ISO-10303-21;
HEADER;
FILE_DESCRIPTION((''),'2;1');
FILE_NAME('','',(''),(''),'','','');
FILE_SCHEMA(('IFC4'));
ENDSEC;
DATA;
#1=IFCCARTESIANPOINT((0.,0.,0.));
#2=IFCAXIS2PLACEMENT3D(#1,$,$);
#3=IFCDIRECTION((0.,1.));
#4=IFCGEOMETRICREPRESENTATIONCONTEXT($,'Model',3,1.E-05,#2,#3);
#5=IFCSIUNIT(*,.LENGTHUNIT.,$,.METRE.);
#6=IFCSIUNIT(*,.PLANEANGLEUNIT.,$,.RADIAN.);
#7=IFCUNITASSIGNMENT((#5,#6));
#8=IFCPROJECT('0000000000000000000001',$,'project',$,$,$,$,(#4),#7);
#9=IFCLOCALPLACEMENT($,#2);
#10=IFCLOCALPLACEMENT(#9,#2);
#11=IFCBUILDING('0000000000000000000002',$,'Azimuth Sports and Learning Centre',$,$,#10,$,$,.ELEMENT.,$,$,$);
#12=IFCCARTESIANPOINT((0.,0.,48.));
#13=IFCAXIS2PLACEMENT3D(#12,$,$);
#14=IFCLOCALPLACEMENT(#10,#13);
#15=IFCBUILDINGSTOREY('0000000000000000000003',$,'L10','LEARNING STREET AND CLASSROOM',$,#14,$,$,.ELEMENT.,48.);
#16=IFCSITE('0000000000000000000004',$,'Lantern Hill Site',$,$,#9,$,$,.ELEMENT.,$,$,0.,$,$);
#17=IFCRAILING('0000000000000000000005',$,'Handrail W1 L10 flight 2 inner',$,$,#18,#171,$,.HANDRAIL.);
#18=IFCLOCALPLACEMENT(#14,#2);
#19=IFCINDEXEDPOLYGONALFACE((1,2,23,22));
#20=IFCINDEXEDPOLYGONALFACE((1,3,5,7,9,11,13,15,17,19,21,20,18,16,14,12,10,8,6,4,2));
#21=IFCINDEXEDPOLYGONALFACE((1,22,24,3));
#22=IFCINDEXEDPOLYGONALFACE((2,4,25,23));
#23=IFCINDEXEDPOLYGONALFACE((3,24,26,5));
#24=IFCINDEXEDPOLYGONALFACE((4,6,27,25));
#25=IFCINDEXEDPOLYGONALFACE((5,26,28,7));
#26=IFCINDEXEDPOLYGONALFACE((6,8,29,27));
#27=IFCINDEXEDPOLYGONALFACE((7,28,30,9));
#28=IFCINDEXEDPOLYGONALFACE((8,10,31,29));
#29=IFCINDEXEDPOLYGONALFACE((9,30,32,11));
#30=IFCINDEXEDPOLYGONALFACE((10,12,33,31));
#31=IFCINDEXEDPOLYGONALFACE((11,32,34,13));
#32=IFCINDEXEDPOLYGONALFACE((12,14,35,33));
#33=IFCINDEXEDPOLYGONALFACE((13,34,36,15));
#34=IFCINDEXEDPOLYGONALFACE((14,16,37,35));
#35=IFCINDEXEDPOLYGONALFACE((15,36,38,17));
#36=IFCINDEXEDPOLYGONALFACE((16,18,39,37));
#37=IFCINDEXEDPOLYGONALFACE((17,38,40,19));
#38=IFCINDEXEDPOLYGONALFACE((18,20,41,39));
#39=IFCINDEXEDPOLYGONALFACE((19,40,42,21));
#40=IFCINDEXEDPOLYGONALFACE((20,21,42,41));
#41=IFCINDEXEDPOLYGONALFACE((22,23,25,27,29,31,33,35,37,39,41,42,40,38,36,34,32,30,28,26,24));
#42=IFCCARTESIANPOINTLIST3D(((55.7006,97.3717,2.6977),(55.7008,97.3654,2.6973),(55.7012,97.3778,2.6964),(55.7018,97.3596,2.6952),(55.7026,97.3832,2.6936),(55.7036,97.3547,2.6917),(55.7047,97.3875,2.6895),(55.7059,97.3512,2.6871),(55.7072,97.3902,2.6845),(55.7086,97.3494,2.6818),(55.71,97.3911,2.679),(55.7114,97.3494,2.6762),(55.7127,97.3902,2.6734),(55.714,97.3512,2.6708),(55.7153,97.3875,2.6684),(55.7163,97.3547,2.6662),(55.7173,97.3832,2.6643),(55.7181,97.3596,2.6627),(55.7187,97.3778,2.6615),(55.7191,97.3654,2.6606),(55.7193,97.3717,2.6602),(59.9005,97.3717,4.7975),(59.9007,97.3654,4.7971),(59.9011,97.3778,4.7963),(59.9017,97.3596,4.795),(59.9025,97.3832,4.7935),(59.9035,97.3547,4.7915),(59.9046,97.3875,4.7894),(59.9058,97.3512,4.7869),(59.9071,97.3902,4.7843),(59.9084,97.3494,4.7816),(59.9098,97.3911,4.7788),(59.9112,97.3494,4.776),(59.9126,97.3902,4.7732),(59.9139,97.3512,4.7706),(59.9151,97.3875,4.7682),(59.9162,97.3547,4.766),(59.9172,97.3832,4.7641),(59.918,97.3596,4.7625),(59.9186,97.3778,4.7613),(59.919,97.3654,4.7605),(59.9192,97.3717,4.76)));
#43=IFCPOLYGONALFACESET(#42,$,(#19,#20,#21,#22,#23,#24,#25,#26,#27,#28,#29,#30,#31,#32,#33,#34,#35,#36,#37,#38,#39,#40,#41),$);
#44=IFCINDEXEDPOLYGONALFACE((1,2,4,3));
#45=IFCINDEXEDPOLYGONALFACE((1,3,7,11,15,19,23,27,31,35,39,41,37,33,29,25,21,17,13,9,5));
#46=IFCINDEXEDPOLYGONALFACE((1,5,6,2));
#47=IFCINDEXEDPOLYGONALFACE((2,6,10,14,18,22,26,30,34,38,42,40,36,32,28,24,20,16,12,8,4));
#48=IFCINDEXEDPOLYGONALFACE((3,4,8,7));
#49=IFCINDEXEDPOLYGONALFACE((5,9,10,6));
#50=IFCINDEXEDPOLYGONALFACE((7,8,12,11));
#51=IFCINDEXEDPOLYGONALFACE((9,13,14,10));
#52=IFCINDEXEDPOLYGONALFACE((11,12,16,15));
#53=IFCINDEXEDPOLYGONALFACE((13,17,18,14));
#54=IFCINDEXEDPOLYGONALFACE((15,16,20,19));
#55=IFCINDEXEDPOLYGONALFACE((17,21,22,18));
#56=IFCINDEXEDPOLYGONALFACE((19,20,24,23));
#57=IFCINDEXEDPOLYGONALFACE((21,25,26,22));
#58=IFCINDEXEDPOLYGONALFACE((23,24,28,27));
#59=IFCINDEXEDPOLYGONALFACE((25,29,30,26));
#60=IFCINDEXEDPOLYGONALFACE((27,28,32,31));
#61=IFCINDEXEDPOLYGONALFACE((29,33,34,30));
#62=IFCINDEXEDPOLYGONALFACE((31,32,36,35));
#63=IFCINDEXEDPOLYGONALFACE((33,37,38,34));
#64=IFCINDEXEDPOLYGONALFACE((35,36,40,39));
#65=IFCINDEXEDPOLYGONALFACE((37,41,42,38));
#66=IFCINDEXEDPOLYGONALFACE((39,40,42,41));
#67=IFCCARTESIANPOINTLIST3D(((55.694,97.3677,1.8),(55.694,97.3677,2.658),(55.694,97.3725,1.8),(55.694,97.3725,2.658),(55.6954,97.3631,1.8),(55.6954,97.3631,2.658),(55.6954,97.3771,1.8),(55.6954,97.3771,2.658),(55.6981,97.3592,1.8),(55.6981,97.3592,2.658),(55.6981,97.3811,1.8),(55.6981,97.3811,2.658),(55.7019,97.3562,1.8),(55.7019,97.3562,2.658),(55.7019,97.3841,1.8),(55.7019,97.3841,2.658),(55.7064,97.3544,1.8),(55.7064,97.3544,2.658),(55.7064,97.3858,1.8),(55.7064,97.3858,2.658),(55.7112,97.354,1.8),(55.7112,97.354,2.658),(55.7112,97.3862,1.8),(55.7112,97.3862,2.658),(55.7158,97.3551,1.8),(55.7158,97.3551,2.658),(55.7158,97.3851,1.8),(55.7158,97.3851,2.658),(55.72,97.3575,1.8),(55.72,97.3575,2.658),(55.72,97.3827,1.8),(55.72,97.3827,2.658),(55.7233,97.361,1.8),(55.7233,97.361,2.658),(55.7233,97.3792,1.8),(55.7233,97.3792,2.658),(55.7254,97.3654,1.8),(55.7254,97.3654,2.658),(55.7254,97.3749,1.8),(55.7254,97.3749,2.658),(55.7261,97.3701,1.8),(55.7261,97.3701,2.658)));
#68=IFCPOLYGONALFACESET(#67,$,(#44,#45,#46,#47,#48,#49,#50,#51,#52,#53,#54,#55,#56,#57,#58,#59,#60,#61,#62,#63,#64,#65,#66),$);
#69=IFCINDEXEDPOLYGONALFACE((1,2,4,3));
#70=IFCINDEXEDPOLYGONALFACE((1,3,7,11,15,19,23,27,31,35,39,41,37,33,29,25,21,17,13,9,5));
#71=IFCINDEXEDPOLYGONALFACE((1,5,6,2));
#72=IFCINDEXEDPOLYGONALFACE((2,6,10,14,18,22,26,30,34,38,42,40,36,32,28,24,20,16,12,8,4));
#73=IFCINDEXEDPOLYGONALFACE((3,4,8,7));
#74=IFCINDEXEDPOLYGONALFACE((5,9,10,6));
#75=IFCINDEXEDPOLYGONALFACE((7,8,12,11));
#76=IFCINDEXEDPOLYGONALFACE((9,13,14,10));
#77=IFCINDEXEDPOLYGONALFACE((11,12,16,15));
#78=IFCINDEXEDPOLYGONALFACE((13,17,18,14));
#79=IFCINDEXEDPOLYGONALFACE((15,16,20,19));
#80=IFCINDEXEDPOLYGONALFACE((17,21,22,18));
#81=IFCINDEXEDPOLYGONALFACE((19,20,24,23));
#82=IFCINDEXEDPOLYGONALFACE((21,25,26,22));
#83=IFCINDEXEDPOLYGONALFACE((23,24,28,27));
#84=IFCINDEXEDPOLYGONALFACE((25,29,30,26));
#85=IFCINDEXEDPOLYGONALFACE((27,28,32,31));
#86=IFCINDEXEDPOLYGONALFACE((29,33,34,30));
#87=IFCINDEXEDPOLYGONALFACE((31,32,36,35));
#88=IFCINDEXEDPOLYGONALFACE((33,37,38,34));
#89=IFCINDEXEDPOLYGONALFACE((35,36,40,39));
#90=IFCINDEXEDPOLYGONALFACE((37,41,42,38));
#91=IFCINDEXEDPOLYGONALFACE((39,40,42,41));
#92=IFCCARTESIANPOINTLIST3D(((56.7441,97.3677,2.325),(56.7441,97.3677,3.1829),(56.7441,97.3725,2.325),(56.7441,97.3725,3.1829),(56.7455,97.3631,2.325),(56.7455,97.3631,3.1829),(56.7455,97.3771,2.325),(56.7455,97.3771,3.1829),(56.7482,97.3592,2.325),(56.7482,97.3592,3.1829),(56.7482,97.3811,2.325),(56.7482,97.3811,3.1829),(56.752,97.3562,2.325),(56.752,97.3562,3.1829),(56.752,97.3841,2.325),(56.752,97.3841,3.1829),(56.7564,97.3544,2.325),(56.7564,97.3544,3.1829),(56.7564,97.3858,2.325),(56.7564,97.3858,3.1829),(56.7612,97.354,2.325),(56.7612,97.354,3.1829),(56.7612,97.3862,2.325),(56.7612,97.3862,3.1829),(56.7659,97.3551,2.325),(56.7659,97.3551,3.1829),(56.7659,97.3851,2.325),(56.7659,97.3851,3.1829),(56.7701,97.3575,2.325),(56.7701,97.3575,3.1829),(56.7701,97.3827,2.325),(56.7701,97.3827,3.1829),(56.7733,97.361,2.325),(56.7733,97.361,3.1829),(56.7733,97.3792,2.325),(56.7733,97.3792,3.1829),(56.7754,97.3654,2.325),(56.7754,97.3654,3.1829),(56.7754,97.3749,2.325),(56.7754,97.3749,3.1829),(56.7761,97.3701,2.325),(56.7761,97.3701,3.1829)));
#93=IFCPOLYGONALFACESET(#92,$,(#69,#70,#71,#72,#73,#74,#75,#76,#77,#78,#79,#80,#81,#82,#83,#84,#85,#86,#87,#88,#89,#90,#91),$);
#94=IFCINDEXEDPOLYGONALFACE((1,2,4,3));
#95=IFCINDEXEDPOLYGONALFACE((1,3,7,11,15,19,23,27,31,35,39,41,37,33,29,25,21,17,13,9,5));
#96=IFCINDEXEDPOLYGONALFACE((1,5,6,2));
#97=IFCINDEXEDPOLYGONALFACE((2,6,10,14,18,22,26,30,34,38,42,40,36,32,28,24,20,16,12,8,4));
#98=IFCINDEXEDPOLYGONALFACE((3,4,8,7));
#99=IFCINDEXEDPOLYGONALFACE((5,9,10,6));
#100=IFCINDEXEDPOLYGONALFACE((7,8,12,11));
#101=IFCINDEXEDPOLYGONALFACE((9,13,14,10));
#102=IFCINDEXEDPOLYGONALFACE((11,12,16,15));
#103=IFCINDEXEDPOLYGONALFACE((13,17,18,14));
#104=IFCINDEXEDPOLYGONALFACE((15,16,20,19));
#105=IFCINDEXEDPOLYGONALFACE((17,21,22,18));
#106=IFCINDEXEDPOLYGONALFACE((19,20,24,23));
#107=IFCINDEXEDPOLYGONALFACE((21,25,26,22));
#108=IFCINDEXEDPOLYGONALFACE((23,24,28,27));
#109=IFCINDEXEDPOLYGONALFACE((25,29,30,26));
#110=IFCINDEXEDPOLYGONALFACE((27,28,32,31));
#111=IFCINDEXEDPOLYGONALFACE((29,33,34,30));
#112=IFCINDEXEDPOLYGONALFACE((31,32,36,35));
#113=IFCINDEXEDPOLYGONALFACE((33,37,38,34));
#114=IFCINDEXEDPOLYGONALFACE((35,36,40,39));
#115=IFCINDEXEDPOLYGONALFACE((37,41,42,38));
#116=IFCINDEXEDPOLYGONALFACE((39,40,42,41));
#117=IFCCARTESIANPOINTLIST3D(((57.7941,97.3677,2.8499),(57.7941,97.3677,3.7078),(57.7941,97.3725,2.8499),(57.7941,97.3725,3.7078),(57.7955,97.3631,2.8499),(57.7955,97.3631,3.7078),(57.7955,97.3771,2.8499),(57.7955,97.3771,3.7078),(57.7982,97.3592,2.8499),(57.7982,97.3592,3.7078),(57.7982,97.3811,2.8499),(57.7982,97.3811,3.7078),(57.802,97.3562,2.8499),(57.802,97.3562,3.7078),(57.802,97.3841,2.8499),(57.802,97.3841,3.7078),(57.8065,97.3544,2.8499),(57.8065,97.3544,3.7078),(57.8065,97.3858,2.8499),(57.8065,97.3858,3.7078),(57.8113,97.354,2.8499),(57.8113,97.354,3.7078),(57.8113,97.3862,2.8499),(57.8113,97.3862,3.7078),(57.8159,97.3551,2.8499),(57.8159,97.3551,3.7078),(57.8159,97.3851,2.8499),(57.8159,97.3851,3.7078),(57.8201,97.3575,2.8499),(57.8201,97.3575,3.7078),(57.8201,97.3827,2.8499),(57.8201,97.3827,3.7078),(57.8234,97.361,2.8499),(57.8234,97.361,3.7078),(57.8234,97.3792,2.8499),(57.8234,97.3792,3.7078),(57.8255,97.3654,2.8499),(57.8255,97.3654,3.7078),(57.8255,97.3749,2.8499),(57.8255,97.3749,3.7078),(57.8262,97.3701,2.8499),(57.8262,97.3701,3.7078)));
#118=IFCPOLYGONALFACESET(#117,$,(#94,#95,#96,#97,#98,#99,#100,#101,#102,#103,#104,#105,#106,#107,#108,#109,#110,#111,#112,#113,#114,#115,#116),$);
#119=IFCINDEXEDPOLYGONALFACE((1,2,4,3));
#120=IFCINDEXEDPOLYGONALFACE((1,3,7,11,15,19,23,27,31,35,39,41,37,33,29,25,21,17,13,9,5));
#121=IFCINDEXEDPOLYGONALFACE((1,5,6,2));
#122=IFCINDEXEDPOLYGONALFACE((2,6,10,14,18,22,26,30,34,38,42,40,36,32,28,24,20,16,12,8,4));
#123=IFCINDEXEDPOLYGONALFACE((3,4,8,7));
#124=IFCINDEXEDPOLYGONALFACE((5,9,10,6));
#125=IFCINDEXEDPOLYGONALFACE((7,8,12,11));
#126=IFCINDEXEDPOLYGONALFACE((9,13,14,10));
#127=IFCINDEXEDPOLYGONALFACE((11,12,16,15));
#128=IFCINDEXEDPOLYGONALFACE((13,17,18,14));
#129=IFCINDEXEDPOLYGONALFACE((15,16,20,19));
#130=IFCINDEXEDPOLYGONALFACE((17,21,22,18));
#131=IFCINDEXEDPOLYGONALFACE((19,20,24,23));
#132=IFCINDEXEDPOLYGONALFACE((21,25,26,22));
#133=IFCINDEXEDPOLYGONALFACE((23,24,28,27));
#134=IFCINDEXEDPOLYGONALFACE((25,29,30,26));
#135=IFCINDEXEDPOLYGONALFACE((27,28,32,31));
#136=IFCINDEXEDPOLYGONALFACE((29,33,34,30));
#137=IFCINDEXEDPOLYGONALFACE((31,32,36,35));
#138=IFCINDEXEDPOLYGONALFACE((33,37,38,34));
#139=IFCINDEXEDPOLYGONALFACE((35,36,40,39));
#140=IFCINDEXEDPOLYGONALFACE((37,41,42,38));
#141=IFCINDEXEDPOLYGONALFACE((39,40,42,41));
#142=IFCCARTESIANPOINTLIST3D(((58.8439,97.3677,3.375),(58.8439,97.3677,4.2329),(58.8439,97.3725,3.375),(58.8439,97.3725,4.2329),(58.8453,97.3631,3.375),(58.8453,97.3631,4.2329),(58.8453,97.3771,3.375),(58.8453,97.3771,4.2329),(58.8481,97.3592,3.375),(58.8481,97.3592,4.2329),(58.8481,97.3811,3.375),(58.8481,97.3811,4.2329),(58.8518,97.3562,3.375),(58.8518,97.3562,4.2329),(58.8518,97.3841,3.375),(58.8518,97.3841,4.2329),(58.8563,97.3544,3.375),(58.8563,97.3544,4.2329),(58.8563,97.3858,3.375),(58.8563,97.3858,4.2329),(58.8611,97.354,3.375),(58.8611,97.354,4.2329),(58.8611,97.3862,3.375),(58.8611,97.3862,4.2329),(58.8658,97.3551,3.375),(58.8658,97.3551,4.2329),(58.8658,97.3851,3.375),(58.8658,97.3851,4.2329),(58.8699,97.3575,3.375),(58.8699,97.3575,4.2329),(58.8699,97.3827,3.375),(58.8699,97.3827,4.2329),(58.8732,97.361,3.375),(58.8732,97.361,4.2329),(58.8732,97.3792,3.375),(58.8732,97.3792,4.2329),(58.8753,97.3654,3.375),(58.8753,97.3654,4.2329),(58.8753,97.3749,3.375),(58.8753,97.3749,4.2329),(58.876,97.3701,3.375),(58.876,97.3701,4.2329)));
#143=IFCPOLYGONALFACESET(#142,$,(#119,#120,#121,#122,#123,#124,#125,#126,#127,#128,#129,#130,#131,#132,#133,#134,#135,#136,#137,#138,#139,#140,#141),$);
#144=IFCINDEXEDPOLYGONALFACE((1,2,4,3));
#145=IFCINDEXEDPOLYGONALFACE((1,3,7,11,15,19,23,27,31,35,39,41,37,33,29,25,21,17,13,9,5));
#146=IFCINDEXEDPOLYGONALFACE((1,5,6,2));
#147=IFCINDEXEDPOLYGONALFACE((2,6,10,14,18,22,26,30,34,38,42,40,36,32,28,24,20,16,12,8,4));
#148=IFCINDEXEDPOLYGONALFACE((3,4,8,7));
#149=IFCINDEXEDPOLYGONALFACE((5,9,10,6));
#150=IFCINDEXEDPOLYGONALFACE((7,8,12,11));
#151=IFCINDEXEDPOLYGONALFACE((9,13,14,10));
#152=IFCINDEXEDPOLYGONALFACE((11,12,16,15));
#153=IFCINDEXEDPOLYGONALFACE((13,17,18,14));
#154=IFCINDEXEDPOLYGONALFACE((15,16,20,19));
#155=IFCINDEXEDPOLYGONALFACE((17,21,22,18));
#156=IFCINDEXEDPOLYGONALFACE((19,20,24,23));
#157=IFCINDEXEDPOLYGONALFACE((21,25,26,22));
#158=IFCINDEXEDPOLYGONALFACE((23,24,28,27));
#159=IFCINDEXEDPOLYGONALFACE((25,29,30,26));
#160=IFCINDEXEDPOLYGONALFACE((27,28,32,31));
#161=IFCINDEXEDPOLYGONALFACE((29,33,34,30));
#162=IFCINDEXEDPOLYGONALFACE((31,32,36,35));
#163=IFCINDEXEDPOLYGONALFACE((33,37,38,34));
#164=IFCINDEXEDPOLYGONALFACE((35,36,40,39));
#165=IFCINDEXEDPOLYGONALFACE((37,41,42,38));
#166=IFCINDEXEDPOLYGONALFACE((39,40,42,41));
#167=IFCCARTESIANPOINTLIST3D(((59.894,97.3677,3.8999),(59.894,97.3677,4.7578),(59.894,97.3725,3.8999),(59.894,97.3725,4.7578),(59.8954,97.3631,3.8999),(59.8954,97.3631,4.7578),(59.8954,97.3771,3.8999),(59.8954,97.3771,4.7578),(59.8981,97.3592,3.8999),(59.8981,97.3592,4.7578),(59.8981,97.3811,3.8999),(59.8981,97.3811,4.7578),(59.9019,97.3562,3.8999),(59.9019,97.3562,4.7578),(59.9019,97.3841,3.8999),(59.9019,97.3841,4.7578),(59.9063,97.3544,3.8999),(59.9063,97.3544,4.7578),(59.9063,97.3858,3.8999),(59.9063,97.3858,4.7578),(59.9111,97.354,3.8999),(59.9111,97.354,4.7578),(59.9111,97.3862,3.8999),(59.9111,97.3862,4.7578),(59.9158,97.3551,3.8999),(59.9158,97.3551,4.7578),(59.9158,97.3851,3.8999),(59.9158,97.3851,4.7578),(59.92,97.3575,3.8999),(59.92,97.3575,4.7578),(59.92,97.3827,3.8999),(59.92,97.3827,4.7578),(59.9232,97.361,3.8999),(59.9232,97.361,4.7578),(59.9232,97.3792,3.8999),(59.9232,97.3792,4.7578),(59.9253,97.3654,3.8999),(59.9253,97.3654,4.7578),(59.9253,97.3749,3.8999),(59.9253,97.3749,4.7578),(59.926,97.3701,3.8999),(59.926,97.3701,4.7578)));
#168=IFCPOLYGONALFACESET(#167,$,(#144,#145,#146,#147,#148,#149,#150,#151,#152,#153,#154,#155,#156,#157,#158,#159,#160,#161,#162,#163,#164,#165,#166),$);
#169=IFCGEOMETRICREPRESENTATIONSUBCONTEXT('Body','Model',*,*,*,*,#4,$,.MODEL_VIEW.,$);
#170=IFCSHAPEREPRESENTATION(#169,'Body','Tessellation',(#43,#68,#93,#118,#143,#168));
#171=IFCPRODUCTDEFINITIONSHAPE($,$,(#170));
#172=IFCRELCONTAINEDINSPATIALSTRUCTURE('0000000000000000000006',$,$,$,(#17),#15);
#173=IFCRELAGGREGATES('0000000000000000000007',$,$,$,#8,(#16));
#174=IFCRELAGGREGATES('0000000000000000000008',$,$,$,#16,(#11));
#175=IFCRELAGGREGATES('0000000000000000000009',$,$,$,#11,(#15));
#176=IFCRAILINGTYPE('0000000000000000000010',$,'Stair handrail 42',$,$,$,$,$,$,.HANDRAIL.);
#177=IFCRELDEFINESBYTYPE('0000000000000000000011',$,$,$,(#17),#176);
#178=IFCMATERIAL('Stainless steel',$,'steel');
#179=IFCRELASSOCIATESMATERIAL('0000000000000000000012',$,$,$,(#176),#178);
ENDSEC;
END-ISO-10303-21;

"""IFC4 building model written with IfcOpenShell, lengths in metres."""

from ifc_helpers import new_model, si_unit, direction, frame, origin, origin_2d, place, context, subcontext, project, spatial, circle, extrude, material, type_object, element, save


model = new_model("IFC4")

# Units and contexts
model_context = context("Model", 3, precision=1e-05, world=origin(), true_north=direction((0.0, 1.0)))
body_context = subcontext(model_context, "Body", "Model", "MODEL_VIEW")
ifc_project = project(units=[si_unit("LENGTHUNIT", "METRE"), si_unit("PLANEANGLEUNIT", "RADIAN")], contexts=[model_context])

# Site, building, storey
site_placement = place(None, origin())
site = spatial("IfcSite", under=ifc_project, at=site_placement, Name="Lantern Hill Site", CompositionType="ELEMENT", RefElevation=0.0)
building_placement = place(site_placement, origin())
building = spatial("IfcBuilding", under=site, at=building_placement, Name="Azimuth Sports and Learning Centre", CompositionType="ELEMENT")
storey_placement = place(building_placement, frame((0.0, 0.0, 48.0)))
storey = spatial("IfcBuildingStorey", under=building, at=storey_placement, Name="L10", Description="LEARNING STREET AND CLASSROOM", CompositionType="ELEMENT", Elevation=48.0)

# Railing
ifc_material_1 = material(Name="Stainless steel", Category="steel")
railing_type_1 = type_object("IfcRailingType", Name="Stair handrail 42", PredefinedType="HANDRAIL", material=ifc_material_1)
for number, where, name in (
    (1, (55.71, 97.3701, 1.8), "Handrail W1 L10 flight 2 inner"),
):
    element("IfcRailing", number, at=place(storey_placement, frame(where)), inside=storey, type_object=railing_type_1, Name=name, PredefinedType="HANDRAIL", context=body_context, shape_type="SweptSolid", body=[
        extrude(circle(Radius=0.021, at=origin_2d()), frame((0.0, 0.0, 0.8789), z_axis=(0.894438, 0.0, 0.447193), x_axis=(0.0, 1.0, 0.0)), (0.0, 0.0, 1.0), 4.6956),
        extrude(circle(Radius=0.0161, at=origin_2d()), origin(), (0.0, 0.0, 1.0), 0.8579),
        extrude(circle(Radius=0.0161, at=origin_2d()), frame((1.05, 0.0, 0.5249)), (0.0, 0.0, 1.0), 0.8579),
        extrude(circle(Radius=0.0161, at=origin_2d()), frame((2.1001, 0.0, 1.0498)), (0.0, 0.0, 1.0), 0.8579),
        extrude(circle(Radius=0.0161, at=origin_2d()), frame((3.1499, 0.0, 1.575)), (0.0, 0.0, 1.0), 0.8579),
        extrude(circle(Radius=0.0161, at=origin_2d()), frame((4.2, 0.0, 2.0999)), (0.0, 0.0, 1.0), 0.8579),
    ])

save(model, "model.ifc")
